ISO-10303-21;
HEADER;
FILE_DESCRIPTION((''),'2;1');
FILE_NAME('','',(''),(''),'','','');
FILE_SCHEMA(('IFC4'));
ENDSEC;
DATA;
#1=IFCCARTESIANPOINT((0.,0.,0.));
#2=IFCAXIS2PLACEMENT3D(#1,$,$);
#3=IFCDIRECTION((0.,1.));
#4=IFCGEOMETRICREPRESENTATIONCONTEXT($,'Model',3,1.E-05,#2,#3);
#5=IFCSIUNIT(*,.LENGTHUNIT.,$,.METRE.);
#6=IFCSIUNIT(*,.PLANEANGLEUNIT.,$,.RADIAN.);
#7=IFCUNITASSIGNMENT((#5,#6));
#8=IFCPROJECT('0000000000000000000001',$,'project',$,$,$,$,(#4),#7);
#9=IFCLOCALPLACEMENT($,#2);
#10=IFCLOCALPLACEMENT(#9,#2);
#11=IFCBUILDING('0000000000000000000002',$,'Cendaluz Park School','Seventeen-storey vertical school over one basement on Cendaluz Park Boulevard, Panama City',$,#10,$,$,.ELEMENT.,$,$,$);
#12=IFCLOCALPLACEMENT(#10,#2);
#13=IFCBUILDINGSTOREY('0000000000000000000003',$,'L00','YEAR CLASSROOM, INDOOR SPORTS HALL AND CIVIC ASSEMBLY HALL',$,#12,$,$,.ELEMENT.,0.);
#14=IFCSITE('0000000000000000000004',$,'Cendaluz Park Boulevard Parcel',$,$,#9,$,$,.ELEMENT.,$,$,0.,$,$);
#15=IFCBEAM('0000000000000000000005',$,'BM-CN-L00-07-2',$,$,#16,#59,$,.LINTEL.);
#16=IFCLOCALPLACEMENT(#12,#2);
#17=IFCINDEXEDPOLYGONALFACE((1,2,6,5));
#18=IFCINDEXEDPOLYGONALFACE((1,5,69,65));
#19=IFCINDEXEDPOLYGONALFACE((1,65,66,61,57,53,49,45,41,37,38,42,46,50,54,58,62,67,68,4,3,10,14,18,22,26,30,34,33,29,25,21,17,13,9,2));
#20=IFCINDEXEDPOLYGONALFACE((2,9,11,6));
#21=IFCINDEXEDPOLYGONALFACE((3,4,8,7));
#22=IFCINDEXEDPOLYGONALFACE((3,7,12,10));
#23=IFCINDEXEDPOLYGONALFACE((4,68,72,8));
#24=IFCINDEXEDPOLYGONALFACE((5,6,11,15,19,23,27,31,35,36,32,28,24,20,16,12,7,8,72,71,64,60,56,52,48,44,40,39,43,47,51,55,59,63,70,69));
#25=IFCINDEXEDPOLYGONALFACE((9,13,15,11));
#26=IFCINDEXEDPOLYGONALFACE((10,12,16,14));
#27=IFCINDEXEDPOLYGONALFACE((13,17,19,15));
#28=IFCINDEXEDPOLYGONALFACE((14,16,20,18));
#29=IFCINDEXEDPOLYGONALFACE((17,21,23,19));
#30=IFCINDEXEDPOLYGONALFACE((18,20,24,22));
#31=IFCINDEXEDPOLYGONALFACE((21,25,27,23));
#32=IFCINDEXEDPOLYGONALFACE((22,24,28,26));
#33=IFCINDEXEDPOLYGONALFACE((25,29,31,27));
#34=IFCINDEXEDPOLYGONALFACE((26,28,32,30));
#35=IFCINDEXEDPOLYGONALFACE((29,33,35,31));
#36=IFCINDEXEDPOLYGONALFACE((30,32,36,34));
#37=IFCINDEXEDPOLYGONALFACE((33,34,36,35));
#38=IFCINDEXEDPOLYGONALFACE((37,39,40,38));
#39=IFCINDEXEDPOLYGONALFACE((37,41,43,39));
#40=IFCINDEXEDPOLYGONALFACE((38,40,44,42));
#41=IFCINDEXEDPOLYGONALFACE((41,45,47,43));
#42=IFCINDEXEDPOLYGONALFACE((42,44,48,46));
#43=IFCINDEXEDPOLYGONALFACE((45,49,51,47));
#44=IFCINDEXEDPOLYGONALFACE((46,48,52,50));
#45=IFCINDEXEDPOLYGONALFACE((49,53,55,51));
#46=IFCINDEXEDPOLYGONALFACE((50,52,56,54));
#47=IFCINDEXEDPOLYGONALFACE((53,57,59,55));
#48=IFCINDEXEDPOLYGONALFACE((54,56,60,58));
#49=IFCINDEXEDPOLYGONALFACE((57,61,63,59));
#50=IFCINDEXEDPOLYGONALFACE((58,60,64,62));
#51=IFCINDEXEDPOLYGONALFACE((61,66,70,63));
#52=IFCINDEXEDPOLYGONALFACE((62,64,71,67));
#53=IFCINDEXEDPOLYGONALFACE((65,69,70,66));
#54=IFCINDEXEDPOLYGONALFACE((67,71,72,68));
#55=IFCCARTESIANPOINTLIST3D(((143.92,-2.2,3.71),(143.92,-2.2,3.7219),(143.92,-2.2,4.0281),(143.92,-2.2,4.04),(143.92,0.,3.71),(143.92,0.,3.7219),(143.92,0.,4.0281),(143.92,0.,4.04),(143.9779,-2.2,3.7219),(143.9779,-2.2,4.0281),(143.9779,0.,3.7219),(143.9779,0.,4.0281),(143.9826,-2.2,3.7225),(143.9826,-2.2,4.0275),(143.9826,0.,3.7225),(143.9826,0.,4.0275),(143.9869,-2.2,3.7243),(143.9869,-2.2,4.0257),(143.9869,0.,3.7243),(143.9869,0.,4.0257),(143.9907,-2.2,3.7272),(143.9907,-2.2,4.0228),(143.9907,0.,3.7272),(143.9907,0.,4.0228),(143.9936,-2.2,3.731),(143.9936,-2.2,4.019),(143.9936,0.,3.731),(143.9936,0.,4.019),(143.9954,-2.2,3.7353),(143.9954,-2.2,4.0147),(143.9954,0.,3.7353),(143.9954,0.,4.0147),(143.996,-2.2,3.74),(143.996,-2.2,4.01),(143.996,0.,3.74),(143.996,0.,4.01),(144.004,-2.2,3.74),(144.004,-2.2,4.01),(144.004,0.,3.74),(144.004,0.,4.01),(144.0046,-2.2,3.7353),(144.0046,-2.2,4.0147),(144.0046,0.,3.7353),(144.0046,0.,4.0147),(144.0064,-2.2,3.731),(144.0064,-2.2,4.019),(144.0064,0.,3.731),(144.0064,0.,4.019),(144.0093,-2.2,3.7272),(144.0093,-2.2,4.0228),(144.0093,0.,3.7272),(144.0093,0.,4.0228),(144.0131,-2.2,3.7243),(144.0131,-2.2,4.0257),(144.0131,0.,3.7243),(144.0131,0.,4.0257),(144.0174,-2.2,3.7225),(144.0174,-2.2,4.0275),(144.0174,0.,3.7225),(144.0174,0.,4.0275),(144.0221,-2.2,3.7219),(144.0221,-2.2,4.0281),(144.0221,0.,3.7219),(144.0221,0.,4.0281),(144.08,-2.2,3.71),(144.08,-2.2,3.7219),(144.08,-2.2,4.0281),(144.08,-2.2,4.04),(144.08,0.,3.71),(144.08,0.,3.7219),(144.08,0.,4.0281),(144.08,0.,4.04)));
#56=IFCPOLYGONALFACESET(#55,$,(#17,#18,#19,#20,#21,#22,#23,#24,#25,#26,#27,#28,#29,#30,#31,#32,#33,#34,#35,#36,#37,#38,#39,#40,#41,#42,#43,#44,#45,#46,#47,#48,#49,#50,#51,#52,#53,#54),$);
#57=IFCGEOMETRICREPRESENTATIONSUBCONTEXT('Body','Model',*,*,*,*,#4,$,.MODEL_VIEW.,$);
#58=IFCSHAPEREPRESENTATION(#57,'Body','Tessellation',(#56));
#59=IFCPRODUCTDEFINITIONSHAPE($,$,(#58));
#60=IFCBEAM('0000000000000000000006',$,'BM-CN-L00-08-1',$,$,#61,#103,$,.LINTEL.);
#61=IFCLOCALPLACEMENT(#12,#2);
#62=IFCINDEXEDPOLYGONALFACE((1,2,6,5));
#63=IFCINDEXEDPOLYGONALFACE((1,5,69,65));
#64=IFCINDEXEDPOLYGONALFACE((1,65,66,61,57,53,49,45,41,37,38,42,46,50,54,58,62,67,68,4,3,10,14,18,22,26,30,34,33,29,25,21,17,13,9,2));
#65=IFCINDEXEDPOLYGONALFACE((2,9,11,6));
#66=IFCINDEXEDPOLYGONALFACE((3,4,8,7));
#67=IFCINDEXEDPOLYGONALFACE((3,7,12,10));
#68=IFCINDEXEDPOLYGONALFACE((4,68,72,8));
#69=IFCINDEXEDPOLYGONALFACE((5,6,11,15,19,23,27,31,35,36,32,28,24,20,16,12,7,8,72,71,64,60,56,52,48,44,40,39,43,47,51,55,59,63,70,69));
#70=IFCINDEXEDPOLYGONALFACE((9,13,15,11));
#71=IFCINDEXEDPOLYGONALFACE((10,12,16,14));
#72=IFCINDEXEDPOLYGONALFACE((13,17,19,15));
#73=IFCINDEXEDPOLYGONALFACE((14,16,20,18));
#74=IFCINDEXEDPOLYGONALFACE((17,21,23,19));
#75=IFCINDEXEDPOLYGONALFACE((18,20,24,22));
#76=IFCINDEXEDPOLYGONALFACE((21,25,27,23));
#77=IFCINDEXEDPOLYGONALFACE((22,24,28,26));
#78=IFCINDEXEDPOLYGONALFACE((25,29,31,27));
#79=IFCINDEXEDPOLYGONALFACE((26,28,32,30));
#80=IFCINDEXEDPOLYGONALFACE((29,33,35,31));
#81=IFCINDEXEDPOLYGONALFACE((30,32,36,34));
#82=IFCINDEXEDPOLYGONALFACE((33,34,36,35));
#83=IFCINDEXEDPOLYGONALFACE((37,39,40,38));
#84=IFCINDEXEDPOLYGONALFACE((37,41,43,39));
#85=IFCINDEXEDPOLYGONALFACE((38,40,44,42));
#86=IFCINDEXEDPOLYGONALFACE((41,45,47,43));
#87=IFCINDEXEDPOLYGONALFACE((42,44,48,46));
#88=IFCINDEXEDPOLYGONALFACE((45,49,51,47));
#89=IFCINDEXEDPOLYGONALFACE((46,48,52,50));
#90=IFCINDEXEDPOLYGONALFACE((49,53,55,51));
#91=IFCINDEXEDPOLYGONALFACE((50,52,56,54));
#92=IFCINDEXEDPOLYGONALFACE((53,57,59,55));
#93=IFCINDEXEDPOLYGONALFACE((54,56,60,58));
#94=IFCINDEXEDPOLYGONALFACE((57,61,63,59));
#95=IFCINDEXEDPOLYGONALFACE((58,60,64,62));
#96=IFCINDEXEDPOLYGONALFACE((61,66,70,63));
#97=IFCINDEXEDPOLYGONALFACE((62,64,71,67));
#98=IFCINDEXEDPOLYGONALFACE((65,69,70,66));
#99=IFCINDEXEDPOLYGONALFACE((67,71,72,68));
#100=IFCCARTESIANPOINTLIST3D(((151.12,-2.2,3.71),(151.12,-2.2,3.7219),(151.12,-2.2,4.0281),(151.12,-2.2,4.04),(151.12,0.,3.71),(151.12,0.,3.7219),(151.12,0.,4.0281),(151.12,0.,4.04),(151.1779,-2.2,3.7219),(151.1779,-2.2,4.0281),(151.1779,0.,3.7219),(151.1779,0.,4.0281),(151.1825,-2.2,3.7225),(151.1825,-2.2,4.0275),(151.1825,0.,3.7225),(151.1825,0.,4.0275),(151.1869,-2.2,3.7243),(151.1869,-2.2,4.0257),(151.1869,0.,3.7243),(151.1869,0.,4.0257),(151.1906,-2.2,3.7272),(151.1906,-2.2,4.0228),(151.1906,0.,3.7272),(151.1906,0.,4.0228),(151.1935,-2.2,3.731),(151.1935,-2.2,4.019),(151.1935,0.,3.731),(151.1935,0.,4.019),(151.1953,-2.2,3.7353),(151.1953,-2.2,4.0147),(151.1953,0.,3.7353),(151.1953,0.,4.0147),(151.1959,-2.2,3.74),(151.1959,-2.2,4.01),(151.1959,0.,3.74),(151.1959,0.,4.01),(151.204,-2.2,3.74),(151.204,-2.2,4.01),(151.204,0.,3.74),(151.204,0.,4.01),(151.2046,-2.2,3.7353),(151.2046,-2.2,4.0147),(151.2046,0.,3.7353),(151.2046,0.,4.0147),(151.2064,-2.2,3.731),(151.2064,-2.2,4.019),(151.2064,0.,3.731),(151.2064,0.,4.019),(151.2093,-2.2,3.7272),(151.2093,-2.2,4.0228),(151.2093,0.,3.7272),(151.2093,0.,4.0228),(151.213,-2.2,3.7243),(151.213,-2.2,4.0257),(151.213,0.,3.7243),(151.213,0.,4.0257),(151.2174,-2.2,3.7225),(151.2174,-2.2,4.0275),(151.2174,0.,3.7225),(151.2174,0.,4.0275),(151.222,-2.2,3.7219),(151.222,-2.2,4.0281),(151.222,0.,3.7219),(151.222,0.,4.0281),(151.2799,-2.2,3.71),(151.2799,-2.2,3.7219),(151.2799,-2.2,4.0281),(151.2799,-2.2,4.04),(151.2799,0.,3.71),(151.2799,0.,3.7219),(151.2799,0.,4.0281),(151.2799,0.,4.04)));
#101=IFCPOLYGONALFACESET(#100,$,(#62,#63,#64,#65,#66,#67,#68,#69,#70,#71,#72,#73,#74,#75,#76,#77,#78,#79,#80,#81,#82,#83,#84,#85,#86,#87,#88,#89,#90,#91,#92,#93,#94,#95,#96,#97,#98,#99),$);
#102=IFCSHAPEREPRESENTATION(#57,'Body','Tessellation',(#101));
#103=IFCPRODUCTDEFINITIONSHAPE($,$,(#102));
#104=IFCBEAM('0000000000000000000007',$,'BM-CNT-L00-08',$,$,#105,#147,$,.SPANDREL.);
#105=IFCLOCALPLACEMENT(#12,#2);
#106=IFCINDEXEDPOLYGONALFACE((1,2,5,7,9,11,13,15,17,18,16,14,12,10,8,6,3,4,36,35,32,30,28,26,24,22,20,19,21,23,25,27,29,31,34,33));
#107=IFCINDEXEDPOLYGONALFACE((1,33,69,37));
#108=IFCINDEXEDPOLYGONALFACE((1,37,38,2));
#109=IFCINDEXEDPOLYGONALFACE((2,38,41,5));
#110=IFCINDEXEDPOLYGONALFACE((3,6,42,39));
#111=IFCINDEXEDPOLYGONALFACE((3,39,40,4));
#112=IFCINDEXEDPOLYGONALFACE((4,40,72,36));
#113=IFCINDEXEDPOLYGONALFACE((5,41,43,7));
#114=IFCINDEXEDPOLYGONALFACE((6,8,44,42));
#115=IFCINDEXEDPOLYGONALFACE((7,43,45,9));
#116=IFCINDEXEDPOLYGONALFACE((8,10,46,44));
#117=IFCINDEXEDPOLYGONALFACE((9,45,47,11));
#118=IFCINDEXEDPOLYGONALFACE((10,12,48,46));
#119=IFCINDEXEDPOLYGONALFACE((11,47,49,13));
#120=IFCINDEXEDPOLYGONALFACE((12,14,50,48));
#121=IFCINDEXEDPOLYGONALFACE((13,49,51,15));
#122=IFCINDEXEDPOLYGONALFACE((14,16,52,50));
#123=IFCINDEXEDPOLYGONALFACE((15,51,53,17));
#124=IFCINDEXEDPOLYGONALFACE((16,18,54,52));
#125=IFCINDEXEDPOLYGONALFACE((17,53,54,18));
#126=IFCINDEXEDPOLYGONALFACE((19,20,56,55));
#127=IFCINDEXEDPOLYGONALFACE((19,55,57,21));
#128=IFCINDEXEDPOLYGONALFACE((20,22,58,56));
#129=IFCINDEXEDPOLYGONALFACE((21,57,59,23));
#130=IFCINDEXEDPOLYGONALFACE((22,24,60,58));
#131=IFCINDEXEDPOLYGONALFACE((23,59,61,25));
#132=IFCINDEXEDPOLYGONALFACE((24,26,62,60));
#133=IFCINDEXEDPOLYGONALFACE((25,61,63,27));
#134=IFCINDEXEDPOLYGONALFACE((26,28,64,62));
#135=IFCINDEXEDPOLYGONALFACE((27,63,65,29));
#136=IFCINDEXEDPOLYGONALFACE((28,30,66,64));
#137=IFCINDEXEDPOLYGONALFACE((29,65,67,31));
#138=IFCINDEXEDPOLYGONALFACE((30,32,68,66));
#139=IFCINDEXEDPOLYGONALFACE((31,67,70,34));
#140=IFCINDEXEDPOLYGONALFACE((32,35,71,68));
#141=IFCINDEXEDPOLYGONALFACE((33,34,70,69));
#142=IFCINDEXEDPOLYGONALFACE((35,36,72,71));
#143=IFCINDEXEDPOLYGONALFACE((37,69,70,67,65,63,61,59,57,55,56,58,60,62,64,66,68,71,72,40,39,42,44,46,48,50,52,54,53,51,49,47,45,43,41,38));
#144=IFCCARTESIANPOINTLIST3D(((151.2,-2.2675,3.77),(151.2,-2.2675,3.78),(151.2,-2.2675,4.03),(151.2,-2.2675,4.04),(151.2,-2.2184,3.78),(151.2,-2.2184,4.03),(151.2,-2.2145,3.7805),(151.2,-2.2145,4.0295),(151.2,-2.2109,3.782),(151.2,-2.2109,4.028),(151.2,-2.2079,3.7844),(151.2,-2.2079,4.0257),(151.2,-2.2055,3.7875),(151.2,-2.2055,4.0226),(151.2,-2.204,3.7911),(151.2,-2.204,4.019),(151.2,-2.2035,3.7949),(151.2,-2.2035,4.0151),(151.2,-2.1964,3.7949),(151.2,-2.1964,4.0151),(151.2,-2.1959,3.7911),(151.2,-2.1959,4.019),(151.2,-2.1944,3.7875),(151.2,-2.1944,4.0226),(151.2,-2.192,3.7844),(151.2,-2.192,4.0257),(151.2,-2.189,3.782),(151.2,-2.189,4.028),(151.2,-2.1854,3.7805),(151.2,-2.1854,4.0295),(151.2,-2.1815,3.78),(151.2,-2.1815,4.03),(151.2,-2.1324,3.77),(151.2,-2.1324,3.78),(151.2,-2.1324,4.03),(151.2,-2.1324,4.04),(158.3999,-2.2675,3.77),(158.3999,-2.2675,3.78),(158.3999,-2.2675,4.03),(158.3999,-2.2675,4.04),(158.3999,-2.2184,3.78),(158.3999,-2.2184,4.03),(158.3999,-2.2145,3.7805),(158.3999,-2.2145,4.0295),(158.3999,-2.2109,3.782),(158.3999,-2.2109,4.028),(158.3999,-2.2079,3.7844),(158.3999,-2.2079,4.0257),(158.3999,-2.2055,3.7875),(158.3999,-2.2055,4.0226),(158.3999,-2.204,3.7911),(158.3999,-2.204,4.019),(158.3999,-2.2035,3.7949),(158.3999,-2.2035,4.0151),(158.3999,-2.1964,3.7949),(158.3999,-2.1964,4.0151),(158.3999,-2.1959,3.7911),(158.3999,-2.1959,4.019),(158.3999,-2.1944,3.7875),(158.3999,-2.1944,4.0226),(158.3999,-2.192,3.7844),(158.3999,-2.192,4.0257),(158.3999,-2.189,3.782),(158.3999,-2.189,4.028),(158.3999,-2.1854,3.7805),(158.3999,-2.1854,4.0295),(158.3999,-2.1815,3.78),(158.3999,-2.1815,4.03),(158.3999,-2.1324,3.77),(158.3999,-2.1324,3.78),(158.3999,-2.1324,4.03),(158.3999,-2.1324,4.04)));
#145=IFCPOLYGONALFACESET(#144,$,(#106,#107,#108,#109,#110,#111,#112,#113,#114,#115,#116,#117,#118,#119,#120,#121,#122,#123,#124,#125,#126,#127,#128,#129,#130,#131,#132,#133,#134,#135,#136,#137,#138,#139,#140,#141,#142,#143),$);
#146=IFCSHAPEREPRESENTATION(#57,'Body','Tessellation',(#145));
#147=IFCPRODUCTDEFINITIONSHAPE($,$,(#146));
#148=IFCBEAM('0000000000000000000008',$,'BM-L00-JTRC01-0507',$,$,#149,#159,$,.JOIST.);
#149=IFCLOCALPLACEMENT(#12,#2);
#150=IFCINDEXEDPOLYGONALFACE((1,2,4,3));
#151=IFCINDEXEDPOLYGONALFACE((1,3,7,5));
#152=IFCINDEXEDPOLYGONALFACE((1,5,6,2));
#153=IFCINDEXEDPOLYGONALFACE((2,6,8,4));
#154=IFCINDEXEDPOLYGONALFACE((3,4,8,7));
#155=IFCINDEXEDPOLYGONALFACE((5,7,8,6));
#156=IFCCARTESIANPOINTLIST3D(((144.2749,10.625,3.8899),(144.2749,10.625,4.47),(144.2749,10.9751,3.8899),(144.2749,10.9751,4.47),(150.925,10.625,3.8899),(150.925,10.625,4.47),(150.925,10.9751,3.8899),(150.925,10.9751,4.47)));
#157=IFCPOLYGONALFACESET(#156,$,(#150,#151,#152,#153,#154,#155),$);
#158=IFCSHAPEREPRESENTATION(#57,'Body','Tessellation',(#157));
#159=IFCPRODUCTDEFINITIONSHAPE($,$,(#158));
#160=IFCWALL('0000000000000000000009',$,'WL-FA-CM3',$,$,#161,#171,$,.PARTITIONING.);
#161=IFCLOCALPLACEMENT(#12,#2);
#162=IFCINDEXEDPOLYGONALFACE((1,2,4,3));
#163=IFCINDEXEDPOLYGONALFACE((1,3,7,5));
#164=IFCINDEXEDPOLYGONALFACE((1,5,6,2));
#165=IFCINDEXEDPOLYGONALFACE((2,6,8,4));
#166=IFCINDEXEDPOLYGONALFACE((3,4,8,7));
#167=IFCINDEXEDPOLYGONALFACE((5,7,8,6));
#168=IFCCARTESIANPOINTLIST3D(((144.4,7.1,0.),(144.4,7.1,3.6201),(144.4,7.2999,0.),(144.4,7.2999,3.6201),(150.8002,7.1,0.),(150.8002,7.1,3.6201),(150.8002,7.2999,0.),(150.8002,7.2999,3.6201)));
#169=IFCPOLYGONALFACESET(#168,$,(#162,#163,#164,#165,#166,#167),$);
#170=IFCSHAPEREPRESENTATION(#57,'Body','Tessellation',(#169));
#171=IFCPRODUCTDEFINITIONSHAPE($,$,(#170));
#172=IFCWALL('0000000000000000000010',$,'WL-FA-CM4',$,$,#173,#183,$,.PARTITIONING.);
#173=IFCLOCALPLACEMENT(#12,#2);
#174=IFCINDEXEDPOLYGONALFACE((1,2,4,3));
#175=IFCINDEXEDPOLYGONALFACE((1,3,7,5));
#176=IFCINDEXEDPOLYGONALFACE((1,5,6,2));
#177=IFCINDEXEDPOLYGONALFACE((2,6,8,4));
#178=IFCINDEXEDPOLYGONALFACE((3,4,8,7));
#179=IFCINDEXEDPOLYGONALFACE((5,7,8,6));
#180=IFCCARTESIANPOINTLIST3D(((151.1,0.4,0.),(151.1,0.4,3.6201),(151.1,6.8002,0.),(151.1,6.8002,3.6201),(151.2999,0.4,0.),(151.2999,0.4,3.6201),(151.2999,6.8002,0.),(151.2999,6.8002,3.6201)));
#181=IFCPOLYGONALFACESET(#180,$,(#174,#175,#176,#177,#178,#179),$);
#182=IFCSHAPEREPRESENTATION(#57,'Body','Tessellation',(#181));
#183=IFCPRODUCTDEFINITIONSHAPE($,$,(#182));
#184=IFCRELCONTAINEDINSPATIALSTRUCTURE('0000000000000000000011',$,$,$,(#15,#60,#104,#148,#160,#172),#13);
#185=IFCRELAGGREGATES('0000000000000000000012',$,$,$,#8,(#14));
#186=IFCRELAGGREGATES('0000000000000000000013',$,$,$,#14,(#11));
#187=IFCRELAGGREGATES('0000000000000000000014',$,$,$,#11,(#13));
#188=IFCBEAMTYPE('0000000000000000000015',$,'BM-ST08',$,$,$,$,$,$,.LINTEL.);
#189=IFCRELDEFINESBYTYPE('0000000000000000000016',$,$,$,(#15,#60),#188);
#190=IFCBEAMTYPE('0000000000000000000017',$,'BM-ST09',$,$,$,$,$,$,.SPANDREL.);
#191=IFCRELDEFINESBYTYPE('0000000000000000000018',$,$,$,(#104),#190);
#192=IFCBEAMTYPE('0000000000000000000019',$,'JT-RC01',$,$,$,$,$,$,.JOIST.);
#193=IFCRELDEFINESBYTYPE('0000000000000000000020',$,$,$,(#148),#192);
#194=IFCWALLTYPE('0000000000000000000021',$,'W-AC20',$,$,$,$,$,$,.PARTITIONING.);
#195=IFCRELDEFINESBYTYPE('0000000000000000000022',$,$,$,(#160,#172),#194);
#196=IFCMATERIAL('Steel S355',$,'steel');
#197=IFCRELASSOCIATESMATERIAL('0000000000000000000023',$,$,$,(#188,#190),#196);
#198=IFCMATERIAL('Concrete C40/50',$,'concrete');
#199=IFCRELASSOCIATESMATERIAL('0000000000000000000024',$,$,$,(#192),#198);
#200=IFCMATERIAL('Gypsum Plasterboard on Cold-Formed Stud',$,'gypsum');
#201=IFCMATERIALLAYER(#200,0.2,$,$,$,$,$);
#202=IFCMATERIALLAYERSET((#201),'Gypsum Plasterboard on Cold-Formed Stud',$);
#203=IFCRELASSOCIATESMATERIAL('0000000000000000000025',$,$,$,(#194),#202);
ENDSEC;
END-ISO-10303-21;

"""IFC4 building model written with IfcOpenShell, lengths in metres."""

from ifc_helpers import new_model, si_unit, direction, frame, frame_2d, origin, origin_2d, place, context, subcontext, project, spatial, rectangle, i_section, extrude, material, layer, layer_set, material_profile, profile_set, type_object, element, save


model = new_model("IFC4")

# Units and contexts
model_context = context("Model", 3, precision=1e-05, world=origin(), true_north=direction((0.0, 1.0)))
body_context = subcontext(model_context, "Body", "Model", "MODEL_VIEW")
ifc_project = project(units=[si_unit("LENGTHUNIT", "METRE"), si_unit("PLANEANGLEUNIT", "RADIAN")], contexts=[model_context])

# Site, building, storey
site_placement = place(None, origin())
site = spatial("IfcSite", under=ifc_project, at=site_placement, Name="Cendaluz Park Boulevard Parcel", CompositionType="ELEMENT", RefElevation=0.0)
building_placement = place(site_placement, origin())
building = spatial("IfcBuilding", under=site, at=building_placement, Name="Cendaluz Park School", Description="Seventeen-storey vertical school over one basement on Cendaluz Park Boulevard, Panama City", CompositionType="ELEMENT")
storey_placement = place(building_placement, origin())
storey = spatial("IfcBuildingStorey", under=building, at=storey_placement, Name="L00", Description="YEAR CLASSROOM, INDOOR SPORTS HALL AND CIVIC ASSEMBLY HALL", CompositionType="ELEMENT", Elevation=0.0)

# Shared definitions
ifc_material_1 = material(Name="Concrete C40/50", Category="concrete")

# Beams
ifc_material_2 = material(Name="Steel S355", Category="steel")
ifc_material_profile_1 = material_profile(ifc_material_2, i_section(OverallWidth=0.1599, OverallDepth=0.3301, WebThickness=0.0081, FlangeThickness=0.012, FilletRadius=0.0181, at=origin_2d()), Name="IPE 330", Category="steel")
ifc_profile_set_1 = profile_set([ifc_material_profile_1], Name="Steel S355")
beam_type_1 = type_object("IfcBeamType", Name="BM-ST08", PredefinedType="LINTEL", material=ifc_profile_set_1)
for number, where, z_axis, x_axis, name in (
    (1, (144.0, 0.0, 3.875), (0.0, -1.0, 0.0), (1.0, 0.0, 0.0), "BM-CN-L00-07-2"),
    (2, (151.2, 0.0, 3.875), (0.0, -1.0, 0.0), (1.0, 0.0, 0.0), "BM-CN-L00-08-1"),
):
    element("IfcBeam", number, at=place(storey_placement, frame(where, z_axis=z_axis, x_axis=x_axis)), inside=storey, type_object=beam_type_1, Name=name, PredefinedType="LINTEL", context=body_context, shape_type="SweptSolid", body=[
        extrude(i_section(OverallWidth=0.1599, OverallDepth=0.3301, WebThickness=0.0081, FlangeThickness=0.012, FilletRadius=0.0181, at=origin_2d()), origin(), (0.0, 0.0, 1.0), 2.2),
    ])
ifc_material_profile_2 = material_profile(ifc_material_2, i_section(OverallWidth=0.135, OverallDepth=0.27, WebThickness=0.0071, FlangeThickness=0.01, FilletRadius=0.0149, at=origin_2d()), Name="IPE 270", Category="steel")
ifc_profile_set_2 = profile_set([ifc_material_profile_2], Name="Steel S355")
beam_type_2 = type_object("IfcBeamType", Name="BM-ST09", PredefinedType="SPANDREL", material=ifc_profile_set_2)
beam_1_placement = place(storey_placement, frame((151.2, -2.2, 3.905), z_axis=(1.0, 0.0, 0.0), x_axis=(0.0, 1.0, 0.0)))
element("IfcBeam", 3, at=beam_1_placement, inside=storey, type_object=beam_type_2, Name="BM-CNT-L00-08", PredefinedType="SPANDREL", context=body_context, shape_type="SweptSolid", body=[
    extrude(i_section(OverallWidth=0.135, OverallDepth=0.27, WebThickness=0.0071, FlangeThickness=0.01, FilletRadius=0.0149, at=origin_2d()), origin(), (0.0, 0.0, 1.0), 7.2),
])
ifc_material_profile_3 = material_profile(ifc_material_1, rectangle(XDim=0.3501, YDim=0.5801, at=origin_2d()), Name="RC 350x580", Category="concrete")
ifc_profile_set_3 = profile_set([ifc_material_profile_3], Name="Concrete C40/50")
beam_type_3 = type_object("IfcBeamType", Name="JT-RC01", PredefinedType="JOIST", material=ifc_profile_set_3)
beam_2_placement = place(storey_placement, frame((144.2749, 10.8, 4.1799), z_axis=(1.0, 0.0, 0.0), x_axis=(0.0, 1.0, 0.0)))
element("IfcBeam", 4, at=beam_2_placement, inside=storey, type_object=beam_type_3, Name="BM-L00-JTRC01-0507", PredefinedType="JOIST", context=body_context, shape_type="SweptSolid", body=[
    extrude(rectangle(XDim=0.3501, YDim=0.5801, at=origin_2d()), origin(), (0.0, 0.0, 1.0), 6.6501),
])

# Walls
ifc_material_3 = material(Name="Gypsum Plasterboard on Cold-Formed Stud", Category="gypsum")
ifc_layer_1 = layer(ifc_material_3, 0.2)
ifc_layer_set_1 = layer_set([ifc_layer_1], Name="Gypsum Plasterboard on Cold-Formed Stud")
wall_type_1 = type_object("IfcWallType", Name="W-AC20", PredefinedType="PARTITIONING", material=ifc_layer_set_1)
for number, where, z_axis, x_axis, name in (
    (5, (144.3999, 7.2, 0.0), (0.0, 0.0, 1.0), (1.0, 0.0, 0.0), "WL-FA-CM3"),
    (6, (151.2, 0.3999, 0.0), (0.0, 0.0, 1.0), (0.0, 1.0, 0.0), "WL-FA-CM4"),
):
    element("IfcWall", number, at=place(storey_placement, frame(where, z_axis=z_axis, x_axis=x_axis)), inside=storey, type_object=wall_type_1, Name=name, PredefinedType="PARTITIONING", context=body_context, shape_type="SweptSolid", body=[
        extrude(rectangle(XDim=6.4001, YDim=0.2, at=frame_2d((3.2002, 0.0))), origin(), (0.0, 0.0, 1.0), 3.6201),
    ])

save(model, "model.ifc")
